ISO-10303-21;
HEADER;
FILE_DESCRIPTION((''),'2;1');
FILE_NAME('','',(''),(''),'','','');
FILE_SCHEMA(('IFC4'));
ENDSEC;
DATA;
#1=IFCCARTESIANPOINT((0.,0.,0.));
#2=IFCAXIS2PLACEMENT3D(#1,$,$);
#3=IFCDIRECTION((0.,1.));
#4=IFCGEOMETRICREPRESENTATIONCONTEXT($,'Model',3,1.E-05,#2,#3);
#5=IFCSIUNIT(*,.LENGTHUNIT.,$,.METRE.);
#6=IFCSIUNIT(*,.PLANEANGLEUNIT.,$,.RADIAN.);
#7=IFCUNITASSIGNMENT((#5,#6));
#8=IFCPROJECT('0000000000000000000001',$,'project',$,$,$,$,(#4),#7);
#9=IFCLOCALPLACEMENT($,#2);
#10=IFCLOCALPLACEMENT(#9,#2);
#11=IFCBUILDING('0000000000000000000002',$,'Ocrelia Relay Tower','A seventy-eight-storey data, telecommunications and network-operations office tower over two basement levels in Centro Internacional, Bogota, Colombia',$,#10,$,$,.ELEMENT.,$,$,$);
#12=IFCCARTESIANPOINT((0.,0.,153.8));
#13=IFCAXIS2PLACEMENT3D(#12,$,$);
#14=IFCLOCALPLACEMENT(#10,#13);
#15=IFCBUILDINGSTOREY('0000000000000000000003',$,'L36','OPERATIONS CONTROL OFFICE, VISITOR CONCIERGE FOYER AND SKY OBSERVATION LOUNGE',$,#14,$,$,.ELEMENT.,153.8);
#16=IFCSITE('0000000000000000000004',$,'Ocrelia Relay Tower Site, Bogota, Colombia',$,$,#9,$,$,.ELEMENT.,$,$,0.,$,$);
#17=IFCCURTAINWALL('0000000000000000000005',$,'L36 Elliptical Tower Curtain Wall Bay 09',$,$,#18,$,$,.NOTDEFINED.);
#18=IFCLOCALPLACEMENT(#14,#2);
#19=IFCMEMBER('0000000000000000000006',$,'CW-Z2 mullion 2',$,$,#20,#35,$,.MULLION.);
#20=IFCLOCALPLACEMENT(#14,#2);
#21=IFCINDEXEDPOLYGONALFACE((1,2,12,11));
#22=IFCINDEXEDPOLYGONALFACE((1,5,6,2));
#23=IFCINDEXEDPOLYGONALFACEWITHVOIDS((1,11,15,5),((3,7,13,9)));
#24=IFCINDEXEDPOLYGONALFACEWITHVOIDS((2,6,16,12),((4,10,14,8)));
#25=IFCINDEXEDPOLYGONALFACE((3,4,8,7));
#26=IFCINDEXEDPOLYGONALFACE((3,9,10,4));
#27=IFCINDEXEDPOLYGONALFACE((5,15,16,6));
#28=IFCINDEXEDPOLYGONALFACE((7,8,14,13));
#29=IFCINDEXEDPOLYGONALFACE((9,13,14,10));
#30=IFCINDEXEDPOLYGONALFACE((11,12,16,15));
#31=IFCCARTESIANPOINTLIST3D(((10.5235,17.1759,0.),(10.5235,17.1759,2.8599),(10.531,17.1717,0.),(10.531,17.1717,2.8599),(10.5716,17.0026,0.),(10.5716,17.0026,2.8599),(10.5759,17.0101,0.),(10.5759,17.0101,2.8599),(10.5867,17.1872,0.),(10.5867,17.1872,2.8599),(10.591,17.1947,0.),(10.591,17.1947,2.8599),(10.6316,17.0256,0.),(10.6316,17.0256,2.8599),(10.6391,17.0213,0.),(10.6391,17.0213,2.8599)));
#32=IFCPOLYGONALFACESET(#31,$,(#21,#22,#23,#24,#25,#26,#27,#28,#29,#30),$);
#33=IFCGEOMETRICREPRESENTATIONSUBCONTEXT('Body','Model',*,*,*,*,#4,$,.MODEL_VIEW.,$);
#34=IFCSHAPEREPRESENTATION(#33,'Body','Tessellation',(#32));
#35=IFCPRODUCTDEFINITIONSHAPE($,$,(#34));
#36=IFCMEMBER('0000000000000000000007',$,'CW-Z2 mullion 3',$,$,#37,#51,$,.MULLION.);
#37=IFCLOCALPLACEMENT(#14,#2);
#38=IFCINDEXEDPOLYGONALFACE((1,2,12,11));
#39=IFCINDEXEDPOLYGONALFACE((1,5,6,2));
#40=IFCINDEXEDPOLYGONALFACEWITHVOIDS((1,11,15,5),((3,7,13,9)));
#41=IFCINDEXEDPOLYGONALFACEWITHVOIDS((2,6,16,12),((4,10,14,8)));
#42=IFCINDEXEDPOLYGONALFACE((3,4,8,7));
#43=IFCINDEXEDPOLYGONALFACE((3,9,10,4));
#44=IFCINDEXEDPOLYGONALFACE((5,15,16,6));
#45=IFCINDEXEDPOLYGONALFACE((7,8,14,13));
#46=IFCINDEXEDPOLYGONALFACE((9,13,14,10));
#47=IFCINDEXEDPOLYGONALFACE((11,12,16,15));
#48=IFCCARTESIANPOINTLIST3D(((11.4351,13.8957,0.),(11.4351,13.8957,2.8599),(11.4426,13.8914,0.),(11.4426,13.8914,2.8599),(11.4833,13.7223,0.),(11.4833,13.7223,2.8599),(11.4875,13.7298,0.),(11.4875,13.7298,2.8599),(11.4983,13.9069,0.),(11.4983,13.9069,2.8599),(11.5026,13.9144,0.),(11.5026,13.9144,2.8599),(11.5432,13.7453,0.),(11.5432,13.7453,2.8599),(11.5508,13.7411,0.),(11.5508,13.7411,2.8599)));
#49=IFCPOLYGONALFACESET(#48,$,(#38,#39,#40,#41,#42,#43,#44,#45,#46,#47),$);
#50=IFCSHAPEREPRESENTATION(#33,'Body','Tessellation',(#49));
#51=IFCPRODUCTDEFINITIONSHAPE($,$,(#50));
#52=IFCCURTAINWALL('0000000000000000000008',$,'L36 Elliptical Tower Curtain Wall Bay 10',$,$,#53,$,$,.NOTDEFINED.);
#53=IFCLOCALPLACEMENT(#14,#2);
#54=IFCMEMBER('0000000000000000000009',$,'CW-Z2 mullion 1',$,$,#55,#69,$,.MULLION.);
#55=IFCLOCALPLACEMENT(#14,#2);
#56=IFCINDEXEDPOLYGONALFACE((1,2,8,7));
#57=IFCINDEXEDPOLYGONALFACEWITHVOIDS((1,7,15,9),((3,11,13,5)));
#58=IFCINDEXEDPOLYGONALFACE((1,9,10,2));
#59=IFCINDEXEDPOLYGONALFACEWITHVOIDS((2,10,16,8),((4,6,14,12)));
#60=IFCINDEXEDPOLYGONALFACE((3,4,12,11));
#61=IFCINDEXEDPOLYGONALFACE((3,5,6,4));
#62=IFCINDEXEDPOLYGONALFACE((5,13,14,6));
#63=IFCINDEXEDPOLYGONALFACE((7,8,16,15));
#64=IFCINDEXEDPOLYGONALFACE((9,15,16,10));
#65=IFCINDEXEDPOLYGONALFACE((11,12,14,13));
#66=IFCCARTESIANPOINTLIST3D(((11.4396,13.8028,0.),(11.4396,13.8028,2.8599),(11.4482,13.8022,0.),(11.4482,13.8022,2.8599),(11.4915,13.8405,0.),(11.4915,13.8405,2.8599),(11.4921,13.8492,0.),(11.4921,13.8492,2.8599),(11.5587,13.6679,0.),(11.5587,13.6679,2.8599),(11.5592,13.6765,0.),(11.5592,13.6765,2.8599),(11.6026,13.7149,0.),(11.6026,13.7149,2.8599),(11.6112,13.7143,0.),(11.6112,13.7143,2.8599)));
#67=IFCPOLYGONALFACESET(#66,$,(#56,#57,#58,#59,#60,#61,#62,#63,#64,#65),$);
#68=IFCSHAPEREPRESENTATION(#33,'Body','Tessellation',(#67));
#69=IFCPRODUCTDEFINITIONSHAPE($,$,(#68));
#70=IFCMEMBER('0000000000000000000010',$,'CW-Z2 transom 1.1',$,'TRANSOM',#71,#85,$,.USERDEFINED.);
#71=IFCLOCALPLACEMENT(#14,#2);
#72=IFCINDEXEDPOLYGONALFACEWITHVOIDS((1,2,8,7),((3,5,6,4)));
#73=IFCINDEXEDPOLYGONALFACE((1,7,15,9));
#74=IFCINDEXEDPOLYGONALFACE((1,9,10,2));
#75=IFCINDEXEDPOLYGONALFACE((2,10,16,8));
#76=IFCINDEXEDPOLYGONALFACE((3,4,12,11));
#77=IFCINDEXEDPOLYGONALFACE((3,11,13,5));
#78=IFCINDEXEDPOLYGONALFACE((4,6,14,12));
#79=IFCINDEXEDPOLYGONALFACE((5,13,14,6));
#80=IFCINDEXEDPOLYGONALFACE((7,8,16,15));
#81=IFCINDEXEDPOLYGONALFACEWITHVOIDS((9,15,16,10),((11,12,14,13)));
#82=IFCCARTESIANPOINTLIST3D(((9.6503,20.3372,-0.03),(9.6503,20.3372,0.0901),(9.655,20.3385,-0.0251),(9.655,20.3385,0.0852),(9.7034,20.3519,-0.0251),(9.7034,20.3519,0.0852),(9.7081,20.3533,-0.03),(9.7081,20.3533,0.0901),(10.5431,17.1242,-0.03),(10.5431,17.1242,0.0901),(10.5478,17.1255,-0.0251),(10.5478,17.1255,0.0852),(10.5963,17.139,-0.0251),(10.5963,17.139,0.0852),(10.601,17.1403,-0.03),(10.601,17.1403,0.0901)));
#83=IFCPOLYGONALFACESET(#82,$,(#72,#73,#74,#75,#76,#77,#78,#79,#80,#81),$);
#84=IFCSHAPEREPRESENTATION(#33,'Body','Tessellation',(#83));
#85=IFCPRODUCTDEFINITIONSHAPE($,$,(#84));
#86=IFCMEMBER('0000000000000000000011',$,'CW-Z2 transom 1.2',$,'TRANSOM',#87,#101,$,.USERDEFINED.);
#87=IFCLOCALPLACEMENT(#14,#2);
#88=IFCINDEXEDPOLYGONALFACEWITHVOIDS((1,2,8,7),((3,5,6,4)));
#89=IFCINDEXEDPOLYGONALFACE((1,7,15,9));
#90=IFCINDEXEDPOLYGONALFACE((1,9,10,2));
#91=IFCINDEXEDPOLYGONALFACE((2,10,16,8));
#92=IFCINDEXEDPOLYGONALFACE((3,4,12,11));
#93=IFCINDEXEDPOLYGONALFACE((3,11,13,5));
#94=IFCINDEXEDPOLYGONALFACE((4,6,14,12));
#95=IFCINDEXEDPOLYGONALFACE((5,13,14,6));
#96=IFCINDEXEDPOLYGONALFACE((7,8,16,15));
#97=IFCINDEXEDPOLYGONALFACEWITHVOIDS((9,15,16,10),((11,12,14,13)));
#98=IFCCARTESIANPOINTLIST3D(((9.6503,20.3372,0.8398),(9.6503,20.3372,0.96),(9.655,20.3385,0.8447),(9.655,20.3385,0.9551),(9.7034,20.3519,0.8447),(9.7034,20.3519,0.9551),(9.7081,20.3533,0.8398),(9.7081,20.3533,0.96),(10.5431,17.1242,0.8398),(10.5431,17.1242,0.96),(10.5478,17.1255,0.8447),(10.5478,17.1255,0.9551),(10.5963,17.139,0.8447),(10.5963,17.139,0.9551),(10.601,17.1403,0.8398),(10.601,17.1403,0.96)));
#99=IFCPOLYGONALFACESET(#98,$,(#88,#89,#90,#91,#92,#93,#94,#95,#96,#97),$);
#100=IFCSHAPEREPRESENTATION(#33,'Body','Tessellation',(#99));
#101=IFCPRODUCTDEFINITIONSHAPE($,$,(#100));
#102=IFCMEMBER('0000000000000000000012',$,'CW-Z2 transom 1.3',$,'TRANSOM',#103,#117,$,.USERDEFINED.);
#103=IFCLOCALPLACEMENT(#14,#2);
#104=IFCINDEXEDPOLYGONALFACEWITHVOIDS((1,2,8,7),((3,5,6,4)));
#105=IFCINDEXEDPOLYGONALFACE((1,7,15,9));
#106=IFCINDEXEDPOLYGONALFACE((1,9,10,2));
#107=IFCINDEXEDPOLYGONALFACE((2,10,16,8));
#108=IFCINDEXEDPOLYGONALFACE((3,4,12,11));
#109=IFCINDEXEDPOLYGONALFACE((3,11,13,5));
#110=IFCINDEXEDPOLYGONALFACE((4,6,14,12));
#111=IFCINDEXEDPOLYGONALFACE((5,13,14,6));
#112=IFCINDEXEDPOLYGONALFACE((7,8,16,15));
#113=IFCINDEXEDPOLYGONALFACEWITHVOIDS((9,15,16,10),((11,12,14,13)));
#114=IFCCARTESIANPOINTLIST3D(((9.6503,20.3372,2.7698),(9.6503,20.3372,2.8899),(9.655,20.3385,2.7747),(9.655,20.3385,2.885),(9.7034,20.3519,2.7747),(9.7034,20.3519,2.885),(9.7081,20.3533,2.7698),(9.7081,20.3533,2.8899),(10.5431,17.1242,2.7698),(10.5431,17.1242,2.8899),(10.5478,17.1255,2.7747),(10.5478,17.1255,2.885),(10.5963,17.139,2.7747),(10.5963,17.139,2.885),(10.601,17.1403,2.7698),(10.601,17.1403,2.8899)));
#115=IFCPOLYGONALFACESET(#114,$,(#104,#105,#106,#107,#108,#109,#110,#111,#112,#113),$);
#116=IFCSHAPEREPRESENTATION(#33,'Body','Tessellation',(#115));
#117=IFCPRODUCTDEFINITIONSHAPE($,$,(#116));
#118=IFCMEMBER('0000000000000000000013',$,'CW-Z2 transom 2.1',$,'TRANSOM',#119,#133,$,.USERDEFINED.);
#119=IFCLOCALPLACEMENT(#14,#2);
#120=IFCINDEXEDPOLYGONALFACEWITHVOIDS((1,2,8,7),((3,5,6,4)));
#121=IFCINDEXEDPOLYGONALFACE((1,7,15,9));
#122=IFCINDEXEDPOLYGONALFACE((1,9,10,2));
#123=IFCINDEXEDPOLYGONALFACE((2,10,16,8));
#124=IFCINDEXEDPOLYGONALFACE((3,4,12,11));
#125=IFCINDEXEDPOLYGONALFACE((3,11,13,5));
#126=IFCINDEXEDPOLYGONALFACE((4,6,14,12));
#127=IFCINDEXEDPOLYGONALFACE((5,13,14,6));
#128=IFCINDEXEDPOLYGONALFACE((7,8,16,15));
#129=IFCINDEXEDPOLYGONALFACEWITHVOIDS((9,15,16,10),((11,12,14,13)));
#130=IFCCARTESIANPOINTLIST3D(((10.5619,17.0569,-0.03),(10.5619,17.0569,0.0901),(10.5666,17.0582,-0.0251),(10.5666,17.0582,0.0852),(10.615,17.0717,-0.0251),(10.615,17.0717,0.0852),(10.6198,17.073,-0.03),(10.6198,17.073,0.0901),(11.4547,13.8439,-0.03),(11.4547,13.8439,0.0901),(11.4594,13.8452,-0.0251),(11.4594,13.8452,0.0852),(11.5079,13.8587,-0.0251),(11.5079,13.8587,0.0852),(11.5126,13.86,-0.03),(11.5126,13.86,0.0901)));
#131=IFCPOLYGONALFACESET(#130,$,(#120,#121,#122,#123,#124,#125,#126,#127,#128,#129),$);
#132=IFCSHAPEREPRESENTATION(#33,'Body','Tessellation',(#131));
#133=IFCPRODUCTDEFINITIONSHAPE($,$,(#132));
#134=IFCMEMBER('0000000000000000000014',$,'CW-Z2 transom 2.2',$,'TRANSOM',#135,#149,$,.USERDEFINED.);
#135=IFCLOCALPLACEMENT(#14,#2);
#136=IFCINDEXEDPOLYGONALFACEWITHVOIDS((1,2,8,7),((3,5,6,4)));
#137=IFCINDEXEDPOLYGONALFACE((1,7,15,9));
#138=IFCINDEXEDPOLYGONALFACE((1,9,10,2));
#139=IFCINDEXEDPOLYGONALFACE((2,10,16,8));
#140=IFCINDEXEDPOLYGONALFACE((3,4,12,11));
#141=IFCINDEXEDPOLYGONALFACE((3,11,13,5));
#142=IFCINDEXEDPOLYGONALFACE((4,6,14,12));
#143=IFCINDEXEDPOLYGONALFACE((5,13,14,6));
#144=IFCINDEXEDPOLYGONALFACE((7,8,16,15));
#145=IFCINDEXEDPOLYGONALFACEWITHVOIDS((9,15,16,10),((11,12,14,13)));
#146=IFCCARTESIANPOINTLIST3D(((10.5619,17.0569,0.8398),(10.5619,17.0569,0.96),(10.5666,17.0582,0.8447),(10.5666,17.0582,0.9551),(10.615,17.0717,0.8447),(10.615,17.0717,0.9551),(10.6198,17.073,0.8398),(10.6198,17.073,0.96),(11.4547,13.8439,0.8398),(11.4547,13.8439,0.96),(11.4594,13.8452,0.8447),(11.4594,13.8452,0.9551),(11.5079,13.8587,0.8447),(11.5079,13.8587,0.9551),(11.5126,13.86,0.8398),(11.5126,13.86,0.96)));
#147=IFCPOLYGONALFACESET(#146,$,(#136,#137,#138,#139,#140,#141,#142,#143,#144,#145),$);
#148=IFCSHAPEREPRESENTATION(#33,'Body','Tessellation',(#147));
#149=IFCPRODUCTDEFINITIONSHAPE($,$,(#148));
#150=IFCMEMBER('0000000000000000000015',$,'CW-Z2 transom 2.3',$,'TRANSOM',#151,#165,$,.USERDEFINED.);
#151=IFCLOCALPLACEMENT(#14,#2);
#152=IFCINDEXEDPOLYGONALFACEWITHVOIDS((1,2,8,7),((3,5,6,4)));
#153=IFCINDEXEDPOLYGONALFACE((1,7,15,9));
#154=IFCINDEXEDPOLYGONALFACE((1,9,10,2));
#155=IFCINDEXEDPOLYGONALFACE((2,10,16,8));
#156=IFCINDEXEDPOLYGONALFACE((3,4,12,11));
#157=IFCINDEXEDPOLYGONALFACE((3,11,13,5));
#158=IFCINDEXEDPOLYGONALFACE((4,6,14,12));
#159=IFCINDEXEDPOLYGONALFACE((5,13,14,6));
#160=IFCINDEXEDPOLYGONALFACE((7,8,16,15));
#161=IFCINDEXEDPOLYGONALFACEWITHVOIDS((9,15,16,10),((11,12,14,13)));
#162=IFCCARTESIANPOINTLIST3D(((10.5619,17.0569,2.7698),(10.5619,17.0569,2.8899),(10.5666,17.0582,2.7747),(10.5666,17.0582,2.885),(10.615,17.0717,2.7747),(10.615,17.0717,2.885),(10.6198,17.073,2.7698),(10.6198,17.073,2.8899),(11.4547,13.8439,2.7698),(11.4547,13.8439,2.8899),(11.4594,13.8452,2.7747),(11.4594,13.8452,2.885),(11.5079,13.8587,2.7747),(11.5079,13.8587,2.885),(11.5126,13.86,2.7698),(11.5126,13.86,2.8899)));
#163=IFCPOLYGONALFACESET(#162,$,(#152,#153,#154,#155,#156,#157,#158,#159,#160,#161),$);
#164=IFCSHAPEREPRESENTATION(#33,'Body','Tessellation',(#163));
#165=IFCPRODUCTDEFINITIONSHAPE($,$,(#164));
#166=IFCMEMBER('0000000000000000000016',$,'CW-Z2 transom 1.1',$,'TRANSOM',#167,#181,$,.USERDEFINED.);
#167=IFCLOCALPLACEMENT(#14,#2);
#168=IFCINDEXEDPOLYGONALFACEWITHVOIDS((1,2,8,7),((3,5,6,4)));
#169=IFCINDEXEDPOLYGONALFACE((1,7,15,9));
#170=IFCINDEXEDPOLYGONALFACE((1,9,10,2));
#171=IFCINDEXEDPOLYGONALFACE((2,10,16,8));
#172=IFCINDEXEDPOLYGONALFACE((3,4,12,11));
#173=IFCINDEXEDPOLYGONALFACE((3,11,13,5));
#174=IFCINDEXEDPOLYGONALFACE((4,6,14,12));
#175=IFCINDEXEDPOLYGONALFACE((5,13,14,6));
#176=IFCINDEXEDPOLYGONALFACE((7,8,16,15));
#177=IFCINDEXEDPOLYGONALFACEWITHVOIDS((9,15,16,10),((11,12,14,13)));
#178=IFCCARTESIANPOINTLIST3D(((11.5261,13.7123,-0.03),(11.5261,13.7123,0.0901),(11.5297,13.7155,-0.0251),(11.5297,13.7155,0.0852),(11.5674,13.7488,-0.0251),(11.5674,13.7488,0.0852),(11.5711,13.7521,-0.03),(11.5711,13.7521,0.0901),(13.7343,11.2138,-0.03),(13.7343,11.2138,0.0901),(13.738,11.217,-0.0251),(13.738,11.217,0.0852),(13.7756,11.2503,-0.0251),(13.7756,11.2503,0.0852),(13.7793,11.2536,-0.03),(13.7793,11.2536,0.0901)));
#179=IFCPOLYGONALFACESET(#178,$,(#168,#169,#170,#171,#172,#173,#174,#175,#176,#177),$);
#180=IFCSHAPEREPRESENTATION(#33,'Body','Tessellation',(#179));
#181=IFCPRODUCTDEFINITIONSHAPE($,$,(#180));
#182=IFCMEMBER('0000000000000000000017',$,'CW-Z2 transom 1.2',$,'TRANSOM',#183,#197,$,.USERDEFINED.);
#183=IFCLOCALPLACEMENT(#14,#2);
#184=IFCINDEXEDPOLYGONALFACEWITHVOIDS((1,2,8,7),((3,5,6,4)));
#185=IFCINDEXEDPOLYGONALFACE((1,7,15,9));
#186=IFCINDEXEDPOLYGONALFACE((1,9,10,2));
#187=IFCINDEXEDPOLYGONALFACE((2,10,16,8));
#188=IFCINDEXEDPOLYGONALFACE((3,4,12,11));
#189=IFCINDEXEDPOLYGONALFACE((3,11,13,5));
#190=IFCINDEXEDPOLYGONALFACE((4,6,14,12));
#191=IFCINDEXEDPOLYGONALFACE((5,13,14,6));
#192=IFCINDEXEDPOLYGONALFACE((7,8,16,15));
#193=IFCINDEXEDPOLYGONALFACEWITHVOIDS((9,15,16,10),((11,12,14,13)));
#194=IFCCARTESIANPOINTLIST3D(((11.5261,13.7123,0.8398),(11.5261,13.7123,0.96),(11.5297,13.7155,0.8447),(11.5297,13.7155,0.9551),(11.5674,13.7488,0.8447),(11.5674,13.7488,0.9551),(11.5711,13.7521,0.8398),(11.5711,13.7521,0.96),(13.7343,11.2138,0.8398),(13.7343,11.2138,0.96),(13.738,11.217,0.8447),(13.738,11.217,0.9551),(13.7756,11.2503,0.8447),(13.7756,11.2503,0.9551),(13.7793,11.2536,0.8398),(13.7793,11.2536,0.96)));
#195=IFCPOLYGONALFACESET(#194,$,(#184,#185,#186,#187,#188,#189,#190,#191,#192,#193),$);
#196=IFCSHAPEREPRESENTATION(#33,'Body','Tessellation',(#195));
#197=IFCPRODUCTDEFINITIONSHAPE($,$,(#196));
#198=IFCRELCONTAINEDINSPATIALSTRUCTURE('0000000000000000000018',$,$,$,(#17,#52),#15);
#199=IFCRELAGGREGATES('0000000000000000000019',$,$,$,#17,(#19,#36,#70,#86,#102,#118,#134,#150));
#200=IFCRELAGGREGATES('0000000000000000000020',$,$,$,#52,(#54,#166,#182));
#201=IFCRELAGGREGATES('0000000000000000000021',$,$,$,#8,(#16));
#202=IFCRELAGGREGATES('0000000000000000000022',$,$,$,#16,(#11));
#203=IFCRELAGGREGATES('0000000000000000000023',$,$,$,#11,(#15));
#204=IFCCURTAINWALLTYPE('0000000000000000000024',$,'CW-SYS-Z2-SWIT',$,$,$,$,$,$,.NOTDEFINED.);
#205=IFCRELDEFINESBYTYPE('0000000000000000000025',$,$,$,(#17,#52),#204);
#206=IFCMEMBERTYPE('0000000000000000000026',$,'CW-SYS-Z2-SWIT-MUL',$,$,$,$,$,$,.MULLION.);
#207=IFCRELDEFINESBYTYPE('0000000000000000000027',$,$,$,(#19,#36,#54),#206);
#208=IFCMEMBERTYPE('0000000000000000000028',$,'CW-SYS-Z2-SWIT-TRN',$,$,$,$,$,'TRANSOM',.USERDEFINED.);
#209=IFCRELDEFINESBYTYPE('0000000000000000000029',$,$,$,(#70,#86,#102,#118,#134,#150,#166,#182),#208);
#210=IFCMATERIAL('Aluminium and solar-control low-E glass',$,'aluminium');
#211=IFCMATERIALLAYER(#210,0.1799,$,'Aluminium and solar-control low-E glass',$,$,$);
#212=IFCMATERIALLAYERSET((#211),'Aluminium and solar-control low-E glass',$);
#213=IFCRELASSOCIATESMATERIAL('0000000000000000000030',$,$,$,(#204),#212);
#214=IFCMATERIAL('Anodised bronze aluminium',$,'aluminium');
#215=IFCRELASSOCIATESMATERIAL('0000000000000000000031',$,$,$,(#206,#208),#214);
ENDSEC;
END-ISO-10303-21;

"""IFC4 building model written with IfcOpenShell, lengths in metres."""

from ifc_helpers import new_model, si_unit, direction, frame, origin, origin_2d, place, context, subcontext, project, spatial, hollow_rectangle, extrude, material, layer, layer_set, material_profile, profile_set, type_object, element, aggregate, save


model = new_model("IFC4")

# Units and contexts
model_context = context("Model", 3, precision=1e-05, world=origin(), true_north=direction((0.0, 1.0)))
body_context = subcontext(model_context, "Body", "Model", "MODEL_VIEW")
ifc_project = project(units=[si_unit("LENGTHUNIT", "METRE"), si_unit("PLANEANGLEUNIT", "RADIAN")], contexts=[model_context])

# Site, building, storey
site_placement = place(None, origin())
site = spatial("IfcSite", under=ifc_project, at=site_placement, Name="Ocrelia Relay Tower Site, Bogota, Colombia", CompositionType="ELEMENT", RefElevation=0.0)
building_placement = place(site_placement, origin())
building = spatial("IfcBuilding", under=site, at=building_placement, Name="Ocrelia Relay Tower", Description="A seventy-eight-storey data, telecommunications and network-operations office tower over two basement levels in Centro Internacional, Bogota, Colombia", CompositionType="ELEMENT")
storey_placement = place(building_placement, frame((0.0, 0.0, 153.8)))
storey = spatial("IfcBuildingStorey", under=building, at=storey_placement, Name="L36", Description="OPERATIONS CONTROL OFFICE, VISITOR CONCIERGE FOYER AND SKY OBSERVATION LOUNGE", CompositionType="ELEMENT", Elevation=153.8)

# Curtain wall, members
ifc_material_1 = material(Name="Aluminium and solar-control low-E glass", Category="aluminium")
ifc_layer_1 = layer(ifc_material_1, 0.1799, Name="Aluminium and solar-control low-E glass")
ifc_layer_set_1 = layer_set([ifc_layer_1], Name="Aluminium and solar-control low-E glass")
curtain_wall_type = type_object("IfcCurtainWallType", Name="CW-SYS-Z2-SWIT", PredefinedType="NOTDEFINED", material=ifc_layer_set_1)
curtain_wall_1_placement = place(storey_placement, origin())
curtain_wall_1 = element("IfcCurtainWall", 1, at=curtain_wall_1_placement, inside=storey, type_object=curtain_wall_type, Name="L36 Elliptical Tower Curtain Wall Bay 09", PredefinedType="NOTDEFINED")
ifc_material_2 = material(Name="Anodised bronze aluminium", Category="aluminium")
ifc_material_profile_1 = material_profile(ifc_material_2, hollow_rectangle(XDim=0.0701, YDim=0.1799, WallThickness=0.0061, at=origin_2d()), Name="CW-MUL-180x70")
ifc_profile_set_1 = profile_set([ifc_material_profile_1], Name="Anodised bronze aluminium")
member_type_1 = type_object("IfcMemberType", Name="CW-SYS-Z2-SWIT-MUL", PredefinedType="MULLION", material=ifc_profile_set_1)
member_1_placement = place(storey_placement, frame((10.5813, 17.0986, 0.0), z_axis=(0.0, 0.0, 1.0), x_axis=(0.963487, 0.267754, 0.0)))
member_1 = element("IfcMember", 2, at=member_1_placement, type_object=member_type_1, Name="CW-Z2 mullion 2", PredefinedType="MULLION", context=body_context, shape_type="SweptSolid", body=[
    extrude(hollow_rectangle(XDim=0.0701, YDim=0.1799, WallThickness=0.0061, at=origin_2d()), origin(), (0.0, 0.0, 1.0), 2.8599),
])
member_2_placement = place(storey_placement, frame((11.4929, 13.8184, 0.0), z_axis=(0.0, 0.0, 1.0), x_axis=(0.963487, 0.267754, 0.0)))
member_2 = element("IfcMember", 3, at=member_2_placement, type_object=member_type_1, Name="CW-Z2 mullion 3", PredefinedType="MULLION", context=body_context, shape_type="SweptSolid", body=[
    extrude(hollow_rectangle(XDim=0.0701, YDim=0.1799, WallThickness=0.0061, at=origin_2d()), origin(), (0.0, 0.0, 1.0), 2.8599),
])

# Curtain wall, member
curtain_wall_2_placement = place(storey_placement, origin())
curtain_wall_2 = element("IfcCurtainWall", 4, at=curtain_wall_2_placement, inside=storey, type_object=curtain_wall_type, Name="L36 Elliptical Tower Curtain Wall Bay 10", PredefinedType="NOTDEFINED")
member_3_placement = place(storey_placement, frame((11.5254, 13.7585, 0.0), z_axis=(0.0, 0.0, 1.0), x_axis=(0.74931, 0.662219, 0.0)))
member_3 = element("IfcMember", 5, at=member_3_placement, type_object=member_type_1, Name="CW-Z2 mullion 1", PredefinedType="MULLION", context=body_context, shape_type="SweptSolid", body=[
    extrude(hollow_rectangle(XDim=0.0701, YDim=0.1799, WallThickness=0.0061, at=origin_2d()), origin(), (0.0, 0.0, 1.0), 2.8599),
])

# Members
ifc_material_profile_2 = material_profile(ifc_material_2, hollow_rectangle(XDim=0.0601, YDim=0.1201, WallThickness=0.0049, at=origin_2d()), Name="CW-TRN-120x60")
ifc_profile_set_2 = profile_set([ifc_material_profile_2], Name="Anodised bronze aluminium")
member_type_2 = type_object("IfcMemberType", Name="CW-SYS-Z2-SWIT-TRN", ElementType="TRANSOM", PredefinedType="USERDEFINED", material=ifc_profile_set_2)
member_4_placement = place(storey_placement, frame((9.6792, 20.3452, 0.03), z_axis=(0.267742, -0.963491, 0.0), x_axis=(0.963491, 0.267742, 0.0)))
member_4 = element("IfcMember", 6, at=member_4_placement, type_object=member_type_2, Name="CW-Z2 transom 1.1", ObjectType="TRANSOM", PredefinedType="USERDEFINED", context=body_context, shape_type="SweptSolid", body=[
    extrude(hollow_rectangle(XDim=0.0601, YDim=0.1201, WallThickness=0.0049, at=origin_2d()), origin(), (0.0, 0.0, 1.0), 3.3347),
])
member_5_placement = place(storey_placement, frame((9.6792, 20.3452, 0.8999), z_axis=(0.267742, -0.963491, 0.0), x_axis=(0.963491, 0.267742, 0.0)))
member_5 = element("IfcMember", 7, at=member_5_placement, type_object=member_type_2, Name="CW-Z2 transom 1.2", ObjectType="TRANSOM", PredefinedType="USERDEFINED", context=body_context, shape_type="SweptSolid", body=[
    extrude(hollow_rectangle(XDim=0.0601, YDim=0.1201, WallThickness=0.0049, at=origin_2d()), origin(), (0.0, 0.0, 1.0), 3.3347),
])
member_6_placement = place(storey_placement, frame((9.6792, 20.3452, 2.8298), z_axis=(0.267742, -0.963491, 0.0), x_axis=(0.963491, 0.267742, 0.0)))
member_6 = element("IfcMember", 8, at=member_6_placement, type_object=member_type_2, Name="CW-Z2 transom 1.3", ObjectType="TRANSOM", PredefinedType="USERDEFINED", context=body_context, shape_type="SweptSolid", body=[
    extrude(hollow_rectangle(XDim=0.0601, YDim=0.1201, WallThickness=0.0049, at=origin_2d()), origin(), (0.0, 0.0, 1.0), 3.3347),
])
member_7_placement = place(storey_placement, frame((10.5908, 17.0649, 0.03), z_axis=(0.267742, -0.963491, 0.0), x_axis=(0.963491, 0.267742, 0.0)))
member_7 = element("IfcMember", 9, at=member_7_placement, type_object=member_type_2, Name="CW-Z2 transom 2.1", ObjectType="TRANSOM", PredefinedType="USERDEFINED", context=body_context, shape_type="SweptSolid", body=[
    extrude(hollow_rectangle(XDim=0.0601, YDim=0.1201, WallThickness=0.0049, at=origin_2d()), origin(), (0.0, 0.0, 1.0), 3.3347),
])
member_8_placement = place(storey_placement, frame((10.5908, 17.0649, 0.8999), z_axis=(0.267742, -0.963491, 0.0), x_axis=(0.963491, 0.267742, 0.0)))
member_8 = element("IfcMember", 10, at=member_8_placement, type_object=member_type_2, Name="CW-Z2 transom 2.2", ObjectType="TRANSOM", PredefinedType="USERDEFINED", context=body_context, shape_type="SweptSolid", body=[
    extrude(hollow_rectangle(XDim=0.0601, YDim=0.1201, WallThickness=0.0049, at=origin_2d()), origin(), (0.0, 0.0, 1.0), 3.3347),
])
member_9_placement = place(storey_placement, frame((10.5908, 17.0649, 2.8298), z_axis=(0.267742, -0.963491, 0.0), x_axis=(0.963491, 0.267742, 0.0)))
member_9 = element("IfcMember", 11, at=member_9_placement, type_object=member_type_2, Name="CW-Z2 transom 2.3", ObjectType="TRANSOM", PredefinedType="USERDEFINED", context=body_context, shape_type="SweptSolid", body=[
    extrude(hollow_rectangle(XDim=0.0601, YDim=0.1201, WallThickness=0.0049, at=origin_2d()), origin(), (0.0, 0.0, 1.0), 3.3347),
])
member_10_placement = place(storey_placement, frame((11.5486, 13.7322, 0.03), z_axis=(0.662239, -0.749293, 0.0), x_axis=(0.749293, 0.662239, 0.0)))
member_10 = element("IfcMember", 12, at=member_10_placement, type_object=member_type_2, Name="CW-Z2 transom 1.1", ObjectType="TRANSOM", PredefinedType="USERDEFINED", context=body_context, shape_type="SweptSolid", body=[
    extrude(hollow_rectangle(XDim=0.0601, YDim=0.1201, WallThickness=0.0049, at=origin_2d()), origin(), (0.0, 0.0, 1.0), 3.3345),
])
member_11_placement = place(storey_placement, frame((11.5486, 13.7322, 0.8999), z_axis=(0.662239, -0.749293, 0.0), x_axis=(0.749293, 0.662239, 0.0)))
member_11 = element("IfcMember", 13, at=member_11_placement, type_object=member_type_2, Name="CW-Z2 transom 1.2", ObjectType="TRANSOM", PredefinedType="USERDEFINED", context=body_context, shape_type="SweptSolid", body=[
    extrude(hollow_rectangle(XDim=0.0601, YDim=0.1201, WallThickness=0.0049, at=origin_2d()), origin(), (0.0, 0.0, 1.0), 3.3345),
])

aggregate(curtain_wall_1, [member_1, member_2, member_4, member_5, member_6, member_7, member_8, member_9])
aggregate(curtain_wall_2, [member_3, member_10, member_11])

save(model, "model.ifc")
